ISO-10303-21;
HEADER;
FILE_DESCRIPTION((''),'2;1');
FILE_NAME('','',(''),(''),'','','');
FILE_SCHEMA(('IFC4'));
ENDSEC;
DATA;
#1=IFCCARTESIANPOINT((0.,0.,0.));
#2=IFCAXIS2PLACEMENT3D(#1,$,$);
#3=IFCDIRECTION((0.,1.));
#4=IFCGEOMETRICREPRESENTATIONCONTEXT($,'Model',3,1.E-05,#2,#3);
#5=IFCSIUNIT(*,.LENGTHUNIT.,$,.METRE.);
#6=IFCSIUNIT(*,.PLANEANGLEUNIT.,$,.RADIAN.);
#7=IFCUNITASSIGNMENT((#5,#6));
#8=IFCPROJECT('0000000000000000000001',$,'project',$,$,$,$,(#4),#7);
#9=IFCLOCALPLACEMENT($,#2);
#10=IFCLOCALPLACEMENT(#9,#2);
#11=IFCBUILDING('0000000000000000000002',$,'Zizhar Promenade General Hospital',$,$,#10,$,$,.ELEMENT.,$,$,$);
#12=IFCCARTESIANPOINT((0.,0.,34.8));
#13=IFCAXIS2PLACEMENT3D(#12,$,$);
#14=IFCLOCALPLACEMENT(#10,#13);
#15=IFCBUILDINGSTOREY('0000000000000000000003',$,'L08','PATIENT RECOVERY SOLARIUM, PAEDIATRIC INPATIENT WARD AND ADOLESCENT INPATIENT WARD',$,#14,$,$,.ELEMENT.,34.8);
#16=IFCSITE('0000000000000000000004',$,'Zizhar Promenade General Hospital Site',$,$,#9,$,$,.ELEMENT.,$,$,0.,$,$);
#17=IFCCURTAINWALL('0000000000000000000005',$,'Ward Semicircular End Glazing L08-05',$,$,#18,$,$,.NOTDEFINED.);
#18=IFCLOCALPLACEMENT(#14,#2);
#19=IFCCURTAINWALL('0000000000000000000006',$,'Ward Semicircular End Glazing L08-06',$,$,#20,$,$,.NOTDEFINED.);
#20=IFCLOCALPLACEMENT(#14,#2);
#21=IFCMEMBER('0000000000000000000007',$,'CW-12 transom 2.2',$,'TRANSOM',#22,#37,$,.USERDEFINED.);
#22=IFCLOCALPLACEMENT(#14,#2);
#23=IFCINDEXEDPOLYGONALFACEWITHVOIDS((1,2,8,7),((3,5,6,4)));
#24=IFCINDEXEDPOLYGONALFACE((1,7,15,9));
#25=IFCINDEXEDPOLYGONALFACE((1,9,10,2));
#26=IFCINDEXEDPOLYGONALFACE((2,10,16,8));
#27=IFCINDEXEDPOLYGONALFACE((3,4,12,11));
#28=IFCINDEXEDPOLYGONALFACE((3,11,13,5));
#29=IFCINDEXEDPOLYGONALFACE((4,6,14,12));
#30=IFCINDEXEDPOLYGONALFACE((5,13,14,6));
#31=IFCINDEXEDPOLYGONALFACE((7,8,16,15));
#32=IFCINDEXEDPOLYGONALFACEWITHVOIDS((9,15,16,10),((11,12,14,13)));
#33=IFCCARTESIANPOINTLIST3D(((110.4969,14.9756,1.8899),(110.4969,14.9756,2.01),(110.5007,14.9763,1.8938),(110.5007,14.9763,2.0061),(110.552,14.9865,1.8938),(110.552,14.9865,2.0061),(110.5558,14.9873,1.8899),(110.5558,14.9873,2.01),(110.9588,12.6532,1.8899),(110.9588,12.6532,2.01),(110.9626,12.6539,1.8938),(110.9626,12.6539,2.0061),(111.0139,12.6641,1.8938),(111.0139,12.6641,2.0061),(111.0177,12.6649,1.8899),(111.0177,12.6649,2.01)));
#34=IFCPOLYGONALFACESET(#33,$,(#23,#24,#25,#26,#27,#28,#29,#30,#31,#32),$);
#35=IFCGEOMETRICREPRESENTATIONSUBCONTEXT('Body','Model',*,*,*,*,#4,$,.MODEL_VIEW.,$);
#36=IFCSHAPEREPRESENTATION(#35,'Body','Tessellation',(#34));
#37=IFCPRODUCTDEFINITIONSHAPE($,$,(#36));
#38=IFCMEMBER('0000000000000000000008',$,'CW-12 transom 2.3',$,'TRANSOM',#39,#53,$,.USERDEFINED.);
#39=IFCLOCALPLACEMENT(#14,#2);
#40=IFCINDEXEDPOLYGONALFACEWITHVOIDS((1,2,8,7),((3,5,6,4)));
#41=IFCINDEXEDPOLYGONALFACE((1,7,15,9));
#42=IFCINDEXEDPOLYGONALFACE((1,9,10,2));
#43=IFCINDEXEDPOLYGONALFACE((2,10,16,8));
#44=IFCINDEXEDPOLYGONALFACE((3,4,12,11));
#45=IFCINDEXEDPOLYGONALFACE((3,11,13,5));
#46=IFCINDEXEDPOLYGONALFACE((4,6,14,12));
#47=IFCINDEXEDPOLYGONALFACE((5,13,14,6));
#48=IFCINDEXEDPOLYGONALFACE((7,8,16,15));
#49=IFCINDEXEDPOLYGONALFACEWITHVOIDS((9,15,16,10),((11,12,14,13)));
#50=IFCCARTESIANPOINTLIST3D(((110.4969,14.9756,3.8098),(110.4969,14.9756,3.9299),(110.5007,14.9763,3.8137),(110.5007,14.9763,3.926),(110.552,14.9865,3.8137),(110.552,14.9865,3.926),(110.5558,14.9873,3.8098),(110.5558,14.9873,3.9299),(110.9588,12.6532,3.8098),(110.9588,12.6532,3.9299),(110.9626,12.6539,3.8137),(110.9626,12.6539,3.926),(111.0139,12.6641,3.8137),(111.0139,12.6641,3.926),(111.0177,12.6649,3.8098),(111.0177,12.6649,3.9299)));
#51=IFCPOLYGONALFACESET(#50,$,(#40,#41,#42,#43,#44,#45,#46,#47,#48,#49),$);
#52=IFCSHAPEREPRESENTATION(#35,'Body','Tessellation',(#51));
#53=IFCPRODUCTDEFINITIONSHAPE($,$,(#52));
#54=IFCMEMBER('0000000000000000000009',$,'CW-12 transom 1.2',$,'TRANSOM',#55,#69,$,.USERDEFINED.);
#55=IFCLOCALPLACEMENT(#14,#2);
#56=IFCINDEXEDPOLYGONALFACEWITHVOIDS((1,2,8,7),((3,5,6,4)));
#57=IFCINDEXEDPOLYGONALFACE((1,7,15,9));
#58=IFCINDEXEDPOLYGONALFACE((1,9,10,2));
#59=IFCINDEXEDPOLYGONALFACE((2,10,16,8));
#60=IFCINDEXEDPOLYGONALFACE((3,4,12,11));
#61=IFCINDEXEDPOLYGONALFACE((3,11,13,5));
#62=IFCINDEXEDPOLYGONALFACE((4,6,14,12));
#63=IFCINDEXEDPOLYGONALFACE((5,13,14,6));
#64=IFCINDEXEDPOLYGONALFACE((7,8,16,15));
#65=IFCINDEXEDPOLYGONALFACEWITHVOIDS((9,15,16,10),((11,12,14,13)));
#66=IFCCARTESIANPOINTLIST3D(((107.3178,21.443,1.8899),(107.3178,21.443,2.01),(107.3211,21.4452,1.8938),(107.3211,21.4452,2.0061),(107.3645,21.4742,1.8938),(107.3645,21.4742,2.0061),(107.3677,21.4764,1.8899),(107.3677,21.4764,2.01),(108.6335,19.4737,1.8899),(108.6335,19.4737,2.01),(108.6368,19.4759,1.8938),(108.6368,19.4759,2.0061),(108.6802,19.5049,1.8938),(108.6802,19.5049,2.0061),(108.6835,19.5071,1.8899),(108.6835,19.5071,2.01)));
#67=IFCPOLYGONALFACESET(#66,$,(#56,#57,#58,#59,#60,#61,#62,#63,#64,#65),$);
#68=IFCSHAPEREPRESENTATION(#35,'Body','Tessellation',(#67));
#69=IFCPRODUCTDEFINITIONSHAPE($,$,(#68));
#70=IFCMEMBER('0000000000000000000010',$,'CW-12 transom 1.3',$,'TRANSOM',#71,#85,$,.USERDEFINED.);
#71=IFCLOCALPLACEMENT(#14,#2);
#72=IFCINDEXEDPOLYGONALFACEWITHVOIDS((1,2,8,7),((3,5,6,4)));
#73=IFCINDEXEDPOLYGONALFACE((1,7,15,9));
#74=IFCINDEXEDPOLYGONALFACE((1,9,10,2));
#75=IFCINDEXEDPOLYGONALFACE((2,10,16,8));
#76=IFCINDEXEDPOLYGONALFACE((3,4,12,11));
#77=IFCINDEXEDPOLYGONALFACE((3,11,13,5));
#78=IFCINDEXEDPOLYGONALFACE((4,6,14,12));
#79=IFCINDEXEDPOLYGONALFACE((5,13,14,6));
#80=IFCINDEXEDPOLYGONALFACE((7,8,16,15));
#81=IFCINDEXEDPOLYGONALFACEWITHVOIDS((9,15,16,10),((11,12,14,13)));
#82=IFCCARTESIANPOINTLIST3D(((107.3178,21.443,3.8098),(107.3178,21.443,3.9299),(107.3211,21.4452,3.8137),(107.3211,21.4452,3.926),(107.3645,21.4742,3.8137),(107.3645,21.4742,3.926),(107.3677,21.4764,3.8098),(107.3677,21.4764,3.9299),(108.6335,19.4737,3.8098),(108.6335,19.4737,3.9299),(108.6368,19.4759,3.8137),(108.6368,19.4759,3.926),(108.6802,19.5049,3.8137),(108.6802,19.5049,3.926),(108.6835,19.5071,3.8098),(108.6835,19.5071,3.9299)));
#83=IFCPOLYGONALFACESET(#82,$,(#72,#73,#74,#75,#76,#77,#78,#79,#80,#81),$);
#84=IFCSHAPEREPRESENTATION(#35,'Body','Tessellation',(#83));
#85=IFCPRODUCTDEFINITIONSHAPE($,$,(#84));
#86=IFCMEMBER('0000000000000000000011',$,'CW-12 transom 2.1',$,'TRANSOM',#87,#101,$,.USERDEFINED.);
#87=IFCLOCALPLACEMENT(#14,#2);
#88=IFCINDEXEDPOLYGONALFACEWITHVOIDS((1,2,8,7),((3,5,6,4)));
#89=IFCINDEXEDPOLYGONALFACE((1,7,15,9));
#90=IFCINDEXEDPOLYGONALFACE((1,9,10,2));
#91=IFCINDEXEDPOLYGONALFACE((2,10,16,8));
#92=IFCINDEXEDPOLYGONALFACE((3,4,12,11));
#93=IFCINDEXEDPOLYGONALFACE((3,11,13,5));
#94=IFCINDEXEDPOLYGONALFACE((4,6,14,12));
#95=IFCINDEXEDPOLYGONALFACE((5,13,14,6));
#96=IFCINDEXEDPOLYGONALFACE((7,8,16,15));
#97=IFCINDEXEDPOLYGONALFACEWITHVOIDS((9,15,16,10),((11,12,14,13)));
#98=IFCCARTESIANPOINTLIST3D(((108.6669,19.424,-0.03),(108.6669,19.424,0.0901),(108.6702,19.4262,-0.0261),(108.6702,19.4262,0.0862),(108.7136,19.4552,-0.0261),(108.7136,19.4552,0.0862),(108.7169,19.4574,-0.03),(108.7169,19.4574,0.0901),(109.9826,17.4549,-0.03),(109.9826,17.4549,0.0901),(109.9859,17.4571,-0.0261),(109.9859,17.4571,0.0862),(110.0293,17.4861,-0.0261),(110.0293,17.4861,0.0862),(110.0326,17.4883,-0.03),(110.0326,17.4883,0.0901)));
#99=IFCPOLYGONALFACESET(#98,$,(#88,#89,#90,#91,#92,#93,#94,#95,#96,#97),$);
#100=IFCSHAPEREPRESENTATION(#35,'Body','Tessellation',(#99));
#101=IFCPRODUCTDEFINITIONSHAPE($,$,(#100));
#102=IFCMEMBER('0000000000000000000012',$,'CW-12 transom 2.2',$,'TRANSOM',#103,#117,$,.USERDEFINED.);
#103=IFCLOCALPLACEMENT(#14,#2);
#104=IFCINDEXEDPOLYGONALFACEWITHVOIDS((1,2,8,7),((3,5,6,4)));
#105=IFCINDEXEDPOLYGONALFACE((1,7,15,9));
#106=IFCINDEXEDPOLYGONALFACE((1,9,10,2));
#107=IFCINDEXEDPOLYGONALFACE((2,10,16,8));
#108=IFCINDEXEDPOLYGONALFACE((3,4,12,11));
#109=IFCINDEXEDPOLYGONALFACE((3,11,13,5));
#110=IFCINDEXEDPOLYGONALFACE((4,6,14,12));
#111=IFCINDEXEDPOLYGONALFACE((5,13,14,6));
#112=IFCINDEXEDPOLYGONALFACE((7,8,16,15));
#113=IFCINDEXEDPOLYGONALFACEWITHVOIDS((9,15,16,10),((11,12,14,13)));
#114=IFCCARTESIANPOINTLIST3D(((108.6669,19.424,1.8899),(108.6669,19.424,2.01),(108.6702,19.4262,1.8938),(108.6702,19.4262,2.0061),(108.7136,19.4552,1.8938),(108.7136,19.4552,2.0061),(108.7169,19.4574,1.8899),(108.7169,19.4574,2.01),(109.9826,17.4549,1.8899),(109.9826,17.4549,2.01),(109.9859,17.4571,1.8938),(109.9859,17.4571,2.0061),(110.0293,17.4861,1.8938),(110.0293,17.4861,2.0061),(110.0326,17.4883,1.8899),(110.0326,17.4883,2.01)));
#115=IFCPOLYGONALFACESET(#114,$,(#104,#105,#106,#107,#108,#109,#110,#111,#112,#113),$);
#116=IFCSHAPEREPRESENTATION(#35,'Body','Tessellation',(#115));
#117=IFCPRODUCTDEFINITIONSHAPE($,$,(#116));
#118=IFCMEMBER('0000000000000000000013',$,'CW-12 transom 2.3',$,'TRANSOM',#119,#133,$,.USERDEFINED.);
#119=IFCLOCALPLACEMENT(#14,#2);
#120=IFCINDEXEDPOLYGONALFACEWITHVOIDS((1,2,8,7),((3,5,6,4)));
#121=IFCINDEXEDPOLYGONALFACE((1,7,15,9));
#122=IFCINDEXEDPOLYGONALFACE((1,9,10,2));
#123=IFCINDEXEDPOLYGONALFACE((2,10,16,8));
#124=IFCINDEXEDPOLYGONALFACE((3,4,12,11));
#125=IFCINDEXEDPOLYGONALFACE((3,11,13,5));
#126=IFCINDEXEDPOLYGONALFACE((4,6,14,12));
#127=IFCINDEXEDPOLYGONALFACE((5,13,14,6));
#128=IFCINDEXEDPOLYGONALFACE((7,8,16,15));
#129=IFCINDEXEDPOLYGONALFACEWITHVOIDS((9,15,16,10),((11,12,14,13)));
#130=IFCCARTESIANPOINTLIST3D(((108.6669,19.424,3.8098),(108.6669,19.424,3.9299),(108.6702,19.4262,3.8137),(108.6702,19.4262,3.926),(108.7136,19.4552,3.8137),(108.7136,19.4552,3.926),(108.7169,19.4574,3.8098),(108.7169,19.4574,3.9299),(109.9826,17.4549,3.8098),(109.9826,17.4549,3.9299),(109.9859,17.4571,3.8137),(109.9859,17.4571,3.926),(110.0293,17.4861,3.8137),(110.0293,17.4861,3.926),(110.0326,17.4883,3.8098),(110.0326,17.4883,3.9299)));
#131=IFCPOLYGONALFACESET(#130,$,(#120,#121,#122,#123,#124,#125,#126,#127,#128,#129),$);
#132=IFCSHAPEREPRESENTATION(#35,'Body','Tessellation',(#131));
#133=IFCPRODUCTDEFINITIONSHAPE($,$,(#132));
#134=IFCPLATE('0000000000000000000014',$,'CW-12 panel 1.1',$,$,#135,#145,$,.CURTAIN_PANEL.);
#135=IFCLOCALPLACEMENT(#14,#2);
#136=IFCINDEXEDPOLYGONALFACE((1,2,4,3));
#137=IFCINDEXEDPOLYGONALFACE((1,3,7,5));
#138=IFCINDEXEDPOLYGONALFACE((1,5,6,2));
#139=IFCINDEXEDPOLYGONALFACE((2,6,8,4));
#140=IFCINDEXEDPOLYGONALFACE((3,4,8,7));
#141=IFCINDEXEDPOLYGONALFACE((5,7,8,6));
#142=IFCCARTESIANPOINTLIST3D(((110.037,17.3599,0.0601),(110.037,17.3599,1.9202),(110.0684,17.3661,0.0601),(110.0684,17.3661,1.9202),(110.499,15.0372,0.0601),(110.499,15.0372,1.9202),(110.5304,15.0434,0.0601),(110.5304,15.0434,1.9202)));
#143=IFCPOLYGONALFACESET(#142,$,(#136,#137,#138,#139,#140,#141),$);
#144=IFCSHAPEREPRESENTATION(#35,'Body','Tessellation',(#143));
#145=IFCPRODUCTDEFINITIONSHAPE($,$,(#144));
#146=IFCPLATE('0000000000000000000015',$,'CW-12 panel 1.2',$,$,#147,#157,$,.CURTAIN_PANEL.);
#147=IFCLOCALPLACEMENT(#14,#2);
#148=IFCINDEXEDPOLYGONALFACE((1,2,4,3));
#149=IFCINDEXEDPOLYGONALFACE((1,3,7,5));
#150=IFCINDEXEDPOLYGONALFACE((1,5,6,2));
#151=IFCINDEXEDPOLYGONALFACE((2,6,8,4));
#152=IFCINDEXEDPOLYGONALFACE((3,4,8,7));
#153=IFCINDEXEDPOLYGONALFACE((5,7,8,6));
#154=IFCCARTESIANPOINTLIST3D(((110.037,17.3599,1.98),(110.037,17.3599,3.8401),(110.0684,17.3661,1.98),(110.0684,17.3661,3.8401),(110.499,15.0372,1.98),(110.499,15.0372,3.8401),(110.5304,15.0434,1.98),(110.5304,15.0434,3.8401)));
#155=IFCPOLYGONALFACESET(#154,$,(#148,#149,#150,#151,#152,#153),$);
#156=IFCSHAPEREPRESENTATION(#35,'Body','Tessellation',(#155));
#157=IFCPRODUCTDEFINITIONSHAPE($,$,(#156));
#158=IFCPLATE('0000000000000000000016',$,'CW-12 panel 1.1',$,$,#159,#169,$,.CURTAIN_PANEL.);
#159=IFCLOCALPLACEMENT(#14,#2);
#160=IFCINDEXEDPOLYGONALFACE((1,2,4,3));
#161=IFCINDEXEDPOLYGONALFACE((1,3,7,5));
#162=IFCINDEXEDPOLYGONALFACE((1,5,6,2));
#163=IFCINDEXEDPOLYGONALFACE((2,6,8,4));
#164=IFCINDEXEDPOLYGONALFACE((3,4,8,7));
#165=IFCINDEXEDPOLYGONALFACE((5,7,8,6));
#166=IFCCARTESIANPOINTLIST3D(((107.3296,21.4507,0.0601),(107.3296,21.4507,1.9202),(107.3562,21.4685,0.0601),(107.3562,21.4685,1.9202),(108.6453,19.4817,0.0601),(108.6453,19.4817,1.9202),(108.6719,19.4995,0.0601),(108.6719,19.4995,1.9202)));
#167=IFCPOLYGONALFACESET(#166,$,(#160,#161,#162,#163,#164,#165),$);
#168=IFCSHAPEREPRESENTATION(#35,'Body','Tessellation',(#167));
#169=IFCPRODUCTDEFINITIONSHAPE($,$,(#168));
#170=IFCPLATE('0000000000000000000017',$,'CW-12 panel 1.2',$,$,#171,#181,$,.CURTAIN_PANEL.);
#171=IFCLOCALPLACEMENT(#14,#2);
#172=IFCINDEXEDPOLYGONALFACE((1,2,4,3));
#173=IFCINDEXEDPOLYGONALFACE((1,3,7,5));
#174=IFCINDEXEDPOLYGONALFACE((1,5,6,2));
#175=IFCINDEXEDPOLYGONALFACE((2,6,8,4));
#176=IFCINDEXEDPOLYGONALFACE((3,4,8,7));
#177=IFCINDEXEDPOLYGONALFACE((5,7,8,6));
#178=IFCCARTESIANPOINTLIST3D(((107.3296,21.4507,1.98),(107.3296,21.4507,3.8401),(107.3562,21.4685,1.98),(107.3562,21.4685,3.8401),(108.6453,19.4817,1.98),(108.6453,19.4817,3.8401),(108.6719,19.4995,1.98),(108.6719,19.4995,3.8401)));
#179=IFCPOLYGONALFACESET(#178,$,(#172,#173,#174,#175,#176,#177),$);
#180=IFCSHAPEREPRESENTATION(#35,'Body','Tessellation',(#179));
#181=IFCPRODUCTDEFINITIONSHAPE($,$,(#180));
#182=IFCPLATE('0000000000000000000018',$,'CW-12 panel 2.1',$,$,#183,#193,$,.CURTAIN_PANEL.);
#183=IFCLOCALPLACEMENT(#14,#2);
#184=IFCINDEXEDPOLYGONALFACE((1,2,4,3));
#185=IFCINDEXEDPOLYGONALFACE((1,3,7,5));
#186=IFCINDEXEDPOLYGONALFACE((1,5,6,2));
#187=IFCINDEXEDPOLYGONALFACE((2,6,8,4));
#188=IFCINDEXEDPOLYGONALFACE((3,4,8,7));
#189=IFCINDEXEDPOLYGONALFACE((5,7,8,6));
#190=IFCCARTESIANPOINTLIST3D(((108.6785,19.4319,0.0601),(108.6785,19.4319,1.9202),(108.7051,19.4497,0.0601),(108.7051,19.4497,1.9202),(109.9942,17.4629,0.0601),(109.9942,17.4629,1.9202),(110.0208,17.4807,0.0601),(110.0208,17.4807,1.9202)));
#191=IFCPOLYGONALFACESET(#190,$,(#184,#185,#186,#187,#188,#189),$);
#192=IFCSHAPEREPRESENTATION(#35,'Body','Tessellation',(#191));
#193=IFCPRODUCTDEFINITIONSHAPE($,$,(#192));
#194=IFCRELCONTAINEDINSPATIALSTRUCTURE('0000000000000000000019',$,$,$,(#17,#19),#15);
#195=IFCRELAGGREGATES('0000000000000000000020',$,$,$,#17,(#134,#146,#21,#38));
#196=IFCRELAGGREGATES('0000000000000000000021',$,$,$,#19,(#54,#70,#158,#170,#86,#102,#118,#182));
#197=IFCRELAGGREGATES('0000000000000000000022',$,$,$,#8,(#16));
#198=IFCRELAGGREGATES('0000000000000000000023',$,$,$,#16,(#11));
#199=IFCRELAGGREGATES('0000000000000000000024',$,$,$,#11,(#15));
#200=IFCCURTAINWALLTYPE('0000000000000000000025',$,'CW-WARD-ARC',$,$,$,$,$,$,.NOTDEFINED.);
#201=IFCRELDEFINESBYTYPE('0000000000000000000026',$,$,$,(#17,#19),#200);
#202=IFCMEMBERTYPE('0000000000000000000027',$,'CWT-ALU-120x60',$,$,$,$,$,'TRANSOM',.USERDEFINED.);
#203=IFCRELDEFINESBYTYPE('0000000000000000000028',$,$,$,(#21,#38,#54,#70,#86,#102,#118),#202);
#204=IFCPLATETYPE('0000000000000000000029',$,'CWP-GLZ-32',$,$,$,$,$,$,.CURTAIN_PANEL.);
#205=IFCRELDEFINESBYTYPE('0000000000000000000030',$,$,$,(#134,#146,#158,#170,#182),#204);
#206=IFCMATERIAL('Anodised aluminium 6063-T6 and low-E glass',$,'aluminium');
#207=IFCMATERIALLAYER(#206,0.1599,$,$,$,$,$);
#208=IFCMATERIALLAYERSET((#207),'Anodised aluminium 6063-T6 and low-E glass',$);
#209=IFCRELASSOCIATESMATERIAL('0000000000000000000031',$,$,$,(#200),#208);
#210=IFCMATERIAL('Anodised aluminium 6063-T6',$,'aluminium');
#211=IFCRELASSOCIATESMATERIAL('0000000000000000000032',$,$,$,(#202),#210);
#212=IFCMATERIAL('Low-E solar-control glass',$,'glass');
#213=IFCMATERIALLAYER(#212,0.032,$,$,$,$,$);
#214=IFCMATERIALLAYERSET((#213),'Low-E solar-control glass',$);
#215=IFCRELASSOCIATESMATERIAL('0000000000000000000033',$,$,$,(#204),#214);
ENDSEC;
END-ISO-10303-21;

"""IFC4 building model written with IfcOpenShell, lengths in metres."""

from ifc_helpers import new_model, si_unit, direction, frame, origin, origin_2d, place, context, subcontext, project, spatial, rectangle, hollow_rectangle, extrude, material, layer, layer_set, material_profile, profile_set, type_object, element, aggregate, save


model = new_model("IFC4")

# Units and contexts
model_context = context("Model", 3, precision=1e-05, world=origin(), true_north=direction((0.0, 1.0)))
body_context = subcontext(model_context, "Body", "Model", "MODEL_VIEW")
ifc_project = project(units=[si_unit("LENGTHUNIT", "METRE"), si_unit("PLANEANGLEUNIT", "RADIAN")], contexts=[model_context])

# Site, building, storey
site_placement = place(None, origin())
site = spatial("IfcSite", under=ifc_project, at=site_placement, Name="Zizhar Promenade General Hospital Site", CompositionType="ELEMENT", RefElevation=0.0)
building_placement = place(site_placement, origin())
building = spatial("IfcBuilding", under=site, at=building_placement, Name="Zizhar Promenade General Hospital", CompositionType="ELEMENT")
storey_placement = place(building_placement, frame((0.0, 0.0, 34.8)))
storey = spatial("IfcBuildingStorey", under=building, at=storey_placement, Name="L08", Description="PATIENT RECOVERY SOLARIUM, PAEDIATRIC INPATIENT WARD AND ADOLESCENT INPATIENT WARD", CompositionType="ELEMENT", Elevation=34.8)

# Curtain walls
ifc_material_1 = material(Name="Anodised aluminium 6063-T6 and low-E glass", Category="aluminium")
ifc_layer_1 = layer(ifc_material_1, 0.1599)
ifc_layer_set_1 = layer_set([ifc_layer_1], Name="Anodised aluminium 6063-T6 and low-E glass")
curtain_wall_type = type_object("IfcCurtainWallType", Name="CW-WARD-ARC", PredefinedType="NOTDEFINED", material=ifc_layer_set_1)
curtain_wall_1_placement = place(storey_placement, origin())
curtain_wall_1 = element("IfcCurtainWall", 1, at=curtain_wall_1_placement, inside=storey, type_object=curtain_wall_type, Name="Ward Semicircular End Glazing L08-05", PredefinedType="NOTDEFINED")
curtain_wall_2_placement = place(storey_placement, origin())
curtain_wall_2 = element("IfcCurtainWall", 2, at=curtain_wall_2_placement, inside=storey, type_object=curtain_wall_type, Name="Ward Semicircular End Glazing L08-06", PredefinedType="NOTDEFINED")

# Members
ifc_material_2 = material(Name="Anodised aluminium 6063-T6", Category="aluminium")
ifc_material_profile_1 = material_profile(ifc_material_2, hollow_rectangle(XDim=0.0601, YDim=0.1201, WallThickness=0.0039, at=origin_2d()))
ifc_profile_set_1 = profile_set([ifc_material_profile_1], Name="Anodised aluminium 6063-T6")
member_type_1 = type_object("IfcMemberType", Name="CWT-ALU-120x60", ElementType="TRANSOM", PredefinedType="USERDEFINED", material=ifc_profile_set_1)
member_1_placement = place(storey_placement, frame((110.5264, 14.9814, 1.95), z_axis=(0.195065, -0.98079, 0.0), x_axis=(0.98079, 0.195065, 0.0)))
member_1 = element("IfcMember", 3, at=member_1_placement, type_object=member_type_1, Name="CW-12 transom 2.2", ObjectType="TRANSOM", PredefinedType="USERDEFINED", context=body_context, shape_type="SweptSolid", body=[
    extrude(hollow_rectangle(XDim=0.0601, YDim=0.1201, WallThickness=0.0039, at=origin_2d()), origin(), (0.0, 0.0, 1.0), 2.3679),
])
member_2_placement = place(storey_placement, frame((110.5264, 14.9814, 3.8699), z_axis=(0.195065, -0.98079, 0.0), x_axis=(0.98079, 0.195065, 0.0)))
member_2 = element("IfcMember", 4, at=member_2_placement, type_object=member_type_1, Name="CW-12 transom 2.3", ObjectType="TRANSOM", PredefinedType="USERDEFINED", context=body_context, shape_type="SweptSolid", body=[
    extrude(hollow_rectangle(XDim=0.0601, YDim=0.1201, WallThickness=0.0039, at=origin_2d()), origin(), (0.0, 0.0, 1.0), 2.3679),
])
member_3_placement = place(storey_placement, frame((107.3428, 21.4597, 1.95), z_axis=(0.555533, -0.831495, 0.0), x_axis=(0.831495, 0.555533, 0.0)))
member_3 = element("IfcMember", 5, at=member_3_placement, type_object=member_type_1, Name="CW-12 transom 1.2", ObjectType="TRANSOM", PredefinedType="USERDEFINED", context=body_context, shape_type="SweptSolid", body=[
    extrude(hollow_rectangle(XDim=0.0601, YDim=0.1201, WallThickness=0.0039, at=origin_2d()), origin(), (0.0, 0.0, 1.0), 2.3684),
])
member_4_placement = place(storey_placement, frame((107.3428, 21.4597, 3.8699), z_axis=(0.555533, -0.831495, 0.0), x_axis=(0.831495, 0.555533, 0.0)))
member_4 = element("IfcMember", 6, at=member_4_placement, type_object=member_type_1, Name="CW-12 transom 1.3", ObjectType="TRANSOM", PredefinedType="USERDEFINED", context=body_context, shape_type="SweptSolid", body=[
    extrude(hollow_rectangle(XDim=0.0601, YDim=0.1201, WallThickness=0.0039, at=origin_2d()), origin(), (0.0, 0.0, 1.0), 2.3684),
])
member_5_placement = place(storey_placement, frame((108.6919, 19.4407, 0.03), z_axis=(0.55558, -0.831463, 0.0), x_axis=(0.831463, 0.55558, 0.0)))
member_5 = element("IfcMember", 7, at=member_5_placement, type_object=member_type_1, Name="CW-12 transom 2.1", ObjectType="TRANSOM", PredefinedType="USERDEFINED", context=body_context, shape_type="SweptSolid", body=[
    extrude(hollow_rectangle(XDim=0.0601, YDim=0.1201, WallThickness=0.0039, at=origin_2d()), origin(), (0.0, 0.0, 1.0), 2.3682),
])
member_6_placement = place(storey_placement, frame((108.6919, 19.4407, 1.95), z_axis=(0.55558, -0.831463, 0.0), x_axis=(0.831463, 0.55558, 0.0)))
member_6 = element("IfcMember", 8, at=member_6_placement, type_object=member_type_1, Name="CW-12 transom 2.2", ObjectType="TRANSOM", PredefinedType="USERDEFINED", context=body_context, shape_type="SweptSolid", body=[
    extrude(hollow_rectangle(XDim=0.0601, YDim=0.1201, WallThickness=0.0039, at=origin_2d()), origin(), (0.0, 0.0, 1.0), 2.3682),
])
member_7_placement = place(storey_placement, frame((108.6919, 19.4407, 3.8699), z_axis=(0.55558, -0.831463, 0.0), x_axis=(0.831463, 0.55558, 0.0)))
member_7 = element("IfcMember", 9, at=member_7_placement, type_object=member_type_1, Name="CW-12 transom 2.3", ObjectType="TRANSOM", PredefinedType="USERDEFINED", context=body_context, shape_type="SweptSolid", body=[
    extrude(hollow_rectangle(XDim=0.0601, YDim=0.1201, WallThickness=0.0039, at=origin_2d()), origin(), (0.0, 0.0, 1.0), 2.3682),
])

# Plates
ifc_material_3 = material(Name="Low-E solar-control glass", Category="glass")
ifc_layer_2 = layer(ifc_material_3, 0.032)
ifc_layer_set_2 = layer_set([ifc_layer_2], Name="Low-E solar-control glass")
plate_type = type_object("IfcPlateType", Name="CWP-GLZ-32", PredefinedType="CURTAIN_PANEL", material=ifc_layer_set_2)
plate_1_placement = place(storey_placement, frame((110.2837, 16.2017, 0.0601), z_axis=(0.0, 0.0, 1.0), x_axis=(0.195087, -0.980786, 0.0)))
plate_1 = element("IfcPlate", 10, at=plate_1_placement, type_object=plate_type, Name="CW-12 panel 1.1", PredefinedType="CURTAIN_PANEL", context=body_context, shape_type="SweptSolid", body=[
    extrude(rectangle(XDim=2.3682, YDim=0.032, at=origin_2d()), origin(), (0.0, 0.0, 1.0), 1.8601),
])
plate_2_placement = place(storey_placement, frame((110.2837, 16.2017, 1.98), z_axis=(0.0, 0.0, 1.0), x_axis=(0.195087, -0.980786, 0.0)))
plate_2 = element("IfcPlate", 11, at=plate_2_placement, type_object=plate_type, Name="CW-12 panel 1.2", PredefinedType="CURTAIN_PANEL", context=body_context, shape_type="SweptSolid", body=[
    extrude(rectangle(XDim=2.3682, YDim=0.032, at=origin_2d()), origin(), (0.0, 0.0, 1.0), 1.8601),
])
aggregate(curtain_wall_1, [plate_1, plate_2, member_1, member_2])
plate_3_placement = place(storey_placement, frame((108.0007, 20.4751, 0.0601), z_axis=(0.0, 0.0, 1.0), x_axis=(0.555582, -0.831462, 0.0)))
plate_3 = element("IfcPlate", 12, at=plate_3_placement, type_object=plate_type, Name="CW-12 panel 1.1", PredefinedType="CURTAIN_PANEL", context=body_context, shape_type="SweptSolid", body=[
    extrude(rectangle(XDim=2.3682, YDim=0.032, at=origin_2d()), origin(), (0.0, 0.0, 1.0), 1.8601),
])
plate_4_placement = place(storey_placement, frame((108.0007, 20.4751, 1.98), z_axis=(0.0, 0.0, 1.0), x_axis=(0.555582, -0.831462, 0.0)))
plate_4 = element("IfcPlate", 13, at=plate_4_placement, type_object=plate_type, Name="CW-12 panel 1.2", PredefinedType="CURTAIN_PANEL", context=body_context, shape_type="SweptSolid", body=[
    extrude(rectangle(XDim=2.3682, YDim=0.032, at=origin_2d()), origin(), (0.0, 0.0, 1.0), 1.8601),
])
plate_5_placement = place(storey_placement, frame((109.3496, 18.4563, 0.0601), z_axis=(0.0, 0.0, 1.0), x_axis=(0.555582, -0.831462, 0.0)))
plate_5 = element("IfcPlate", 14, at=plate_5_placement, type_object=plate_type, Name="CW-12 panel 2.1", PredefinedType="CURTAIN_PANEL", context=body_context, shape_type="SweptSolid", body=[
    extrude(rectangle(XDim=2.3682, YDim=0.032, at=origin_2d()), origin(), (0.0, 0.0, 1.0), 1.8601),
])
aggregate(curtain_wall_2, [member_3, member_4, plate_3, plate_4, member_5, member_6, member_7, plate_5])

save(model, "model.ifc")
